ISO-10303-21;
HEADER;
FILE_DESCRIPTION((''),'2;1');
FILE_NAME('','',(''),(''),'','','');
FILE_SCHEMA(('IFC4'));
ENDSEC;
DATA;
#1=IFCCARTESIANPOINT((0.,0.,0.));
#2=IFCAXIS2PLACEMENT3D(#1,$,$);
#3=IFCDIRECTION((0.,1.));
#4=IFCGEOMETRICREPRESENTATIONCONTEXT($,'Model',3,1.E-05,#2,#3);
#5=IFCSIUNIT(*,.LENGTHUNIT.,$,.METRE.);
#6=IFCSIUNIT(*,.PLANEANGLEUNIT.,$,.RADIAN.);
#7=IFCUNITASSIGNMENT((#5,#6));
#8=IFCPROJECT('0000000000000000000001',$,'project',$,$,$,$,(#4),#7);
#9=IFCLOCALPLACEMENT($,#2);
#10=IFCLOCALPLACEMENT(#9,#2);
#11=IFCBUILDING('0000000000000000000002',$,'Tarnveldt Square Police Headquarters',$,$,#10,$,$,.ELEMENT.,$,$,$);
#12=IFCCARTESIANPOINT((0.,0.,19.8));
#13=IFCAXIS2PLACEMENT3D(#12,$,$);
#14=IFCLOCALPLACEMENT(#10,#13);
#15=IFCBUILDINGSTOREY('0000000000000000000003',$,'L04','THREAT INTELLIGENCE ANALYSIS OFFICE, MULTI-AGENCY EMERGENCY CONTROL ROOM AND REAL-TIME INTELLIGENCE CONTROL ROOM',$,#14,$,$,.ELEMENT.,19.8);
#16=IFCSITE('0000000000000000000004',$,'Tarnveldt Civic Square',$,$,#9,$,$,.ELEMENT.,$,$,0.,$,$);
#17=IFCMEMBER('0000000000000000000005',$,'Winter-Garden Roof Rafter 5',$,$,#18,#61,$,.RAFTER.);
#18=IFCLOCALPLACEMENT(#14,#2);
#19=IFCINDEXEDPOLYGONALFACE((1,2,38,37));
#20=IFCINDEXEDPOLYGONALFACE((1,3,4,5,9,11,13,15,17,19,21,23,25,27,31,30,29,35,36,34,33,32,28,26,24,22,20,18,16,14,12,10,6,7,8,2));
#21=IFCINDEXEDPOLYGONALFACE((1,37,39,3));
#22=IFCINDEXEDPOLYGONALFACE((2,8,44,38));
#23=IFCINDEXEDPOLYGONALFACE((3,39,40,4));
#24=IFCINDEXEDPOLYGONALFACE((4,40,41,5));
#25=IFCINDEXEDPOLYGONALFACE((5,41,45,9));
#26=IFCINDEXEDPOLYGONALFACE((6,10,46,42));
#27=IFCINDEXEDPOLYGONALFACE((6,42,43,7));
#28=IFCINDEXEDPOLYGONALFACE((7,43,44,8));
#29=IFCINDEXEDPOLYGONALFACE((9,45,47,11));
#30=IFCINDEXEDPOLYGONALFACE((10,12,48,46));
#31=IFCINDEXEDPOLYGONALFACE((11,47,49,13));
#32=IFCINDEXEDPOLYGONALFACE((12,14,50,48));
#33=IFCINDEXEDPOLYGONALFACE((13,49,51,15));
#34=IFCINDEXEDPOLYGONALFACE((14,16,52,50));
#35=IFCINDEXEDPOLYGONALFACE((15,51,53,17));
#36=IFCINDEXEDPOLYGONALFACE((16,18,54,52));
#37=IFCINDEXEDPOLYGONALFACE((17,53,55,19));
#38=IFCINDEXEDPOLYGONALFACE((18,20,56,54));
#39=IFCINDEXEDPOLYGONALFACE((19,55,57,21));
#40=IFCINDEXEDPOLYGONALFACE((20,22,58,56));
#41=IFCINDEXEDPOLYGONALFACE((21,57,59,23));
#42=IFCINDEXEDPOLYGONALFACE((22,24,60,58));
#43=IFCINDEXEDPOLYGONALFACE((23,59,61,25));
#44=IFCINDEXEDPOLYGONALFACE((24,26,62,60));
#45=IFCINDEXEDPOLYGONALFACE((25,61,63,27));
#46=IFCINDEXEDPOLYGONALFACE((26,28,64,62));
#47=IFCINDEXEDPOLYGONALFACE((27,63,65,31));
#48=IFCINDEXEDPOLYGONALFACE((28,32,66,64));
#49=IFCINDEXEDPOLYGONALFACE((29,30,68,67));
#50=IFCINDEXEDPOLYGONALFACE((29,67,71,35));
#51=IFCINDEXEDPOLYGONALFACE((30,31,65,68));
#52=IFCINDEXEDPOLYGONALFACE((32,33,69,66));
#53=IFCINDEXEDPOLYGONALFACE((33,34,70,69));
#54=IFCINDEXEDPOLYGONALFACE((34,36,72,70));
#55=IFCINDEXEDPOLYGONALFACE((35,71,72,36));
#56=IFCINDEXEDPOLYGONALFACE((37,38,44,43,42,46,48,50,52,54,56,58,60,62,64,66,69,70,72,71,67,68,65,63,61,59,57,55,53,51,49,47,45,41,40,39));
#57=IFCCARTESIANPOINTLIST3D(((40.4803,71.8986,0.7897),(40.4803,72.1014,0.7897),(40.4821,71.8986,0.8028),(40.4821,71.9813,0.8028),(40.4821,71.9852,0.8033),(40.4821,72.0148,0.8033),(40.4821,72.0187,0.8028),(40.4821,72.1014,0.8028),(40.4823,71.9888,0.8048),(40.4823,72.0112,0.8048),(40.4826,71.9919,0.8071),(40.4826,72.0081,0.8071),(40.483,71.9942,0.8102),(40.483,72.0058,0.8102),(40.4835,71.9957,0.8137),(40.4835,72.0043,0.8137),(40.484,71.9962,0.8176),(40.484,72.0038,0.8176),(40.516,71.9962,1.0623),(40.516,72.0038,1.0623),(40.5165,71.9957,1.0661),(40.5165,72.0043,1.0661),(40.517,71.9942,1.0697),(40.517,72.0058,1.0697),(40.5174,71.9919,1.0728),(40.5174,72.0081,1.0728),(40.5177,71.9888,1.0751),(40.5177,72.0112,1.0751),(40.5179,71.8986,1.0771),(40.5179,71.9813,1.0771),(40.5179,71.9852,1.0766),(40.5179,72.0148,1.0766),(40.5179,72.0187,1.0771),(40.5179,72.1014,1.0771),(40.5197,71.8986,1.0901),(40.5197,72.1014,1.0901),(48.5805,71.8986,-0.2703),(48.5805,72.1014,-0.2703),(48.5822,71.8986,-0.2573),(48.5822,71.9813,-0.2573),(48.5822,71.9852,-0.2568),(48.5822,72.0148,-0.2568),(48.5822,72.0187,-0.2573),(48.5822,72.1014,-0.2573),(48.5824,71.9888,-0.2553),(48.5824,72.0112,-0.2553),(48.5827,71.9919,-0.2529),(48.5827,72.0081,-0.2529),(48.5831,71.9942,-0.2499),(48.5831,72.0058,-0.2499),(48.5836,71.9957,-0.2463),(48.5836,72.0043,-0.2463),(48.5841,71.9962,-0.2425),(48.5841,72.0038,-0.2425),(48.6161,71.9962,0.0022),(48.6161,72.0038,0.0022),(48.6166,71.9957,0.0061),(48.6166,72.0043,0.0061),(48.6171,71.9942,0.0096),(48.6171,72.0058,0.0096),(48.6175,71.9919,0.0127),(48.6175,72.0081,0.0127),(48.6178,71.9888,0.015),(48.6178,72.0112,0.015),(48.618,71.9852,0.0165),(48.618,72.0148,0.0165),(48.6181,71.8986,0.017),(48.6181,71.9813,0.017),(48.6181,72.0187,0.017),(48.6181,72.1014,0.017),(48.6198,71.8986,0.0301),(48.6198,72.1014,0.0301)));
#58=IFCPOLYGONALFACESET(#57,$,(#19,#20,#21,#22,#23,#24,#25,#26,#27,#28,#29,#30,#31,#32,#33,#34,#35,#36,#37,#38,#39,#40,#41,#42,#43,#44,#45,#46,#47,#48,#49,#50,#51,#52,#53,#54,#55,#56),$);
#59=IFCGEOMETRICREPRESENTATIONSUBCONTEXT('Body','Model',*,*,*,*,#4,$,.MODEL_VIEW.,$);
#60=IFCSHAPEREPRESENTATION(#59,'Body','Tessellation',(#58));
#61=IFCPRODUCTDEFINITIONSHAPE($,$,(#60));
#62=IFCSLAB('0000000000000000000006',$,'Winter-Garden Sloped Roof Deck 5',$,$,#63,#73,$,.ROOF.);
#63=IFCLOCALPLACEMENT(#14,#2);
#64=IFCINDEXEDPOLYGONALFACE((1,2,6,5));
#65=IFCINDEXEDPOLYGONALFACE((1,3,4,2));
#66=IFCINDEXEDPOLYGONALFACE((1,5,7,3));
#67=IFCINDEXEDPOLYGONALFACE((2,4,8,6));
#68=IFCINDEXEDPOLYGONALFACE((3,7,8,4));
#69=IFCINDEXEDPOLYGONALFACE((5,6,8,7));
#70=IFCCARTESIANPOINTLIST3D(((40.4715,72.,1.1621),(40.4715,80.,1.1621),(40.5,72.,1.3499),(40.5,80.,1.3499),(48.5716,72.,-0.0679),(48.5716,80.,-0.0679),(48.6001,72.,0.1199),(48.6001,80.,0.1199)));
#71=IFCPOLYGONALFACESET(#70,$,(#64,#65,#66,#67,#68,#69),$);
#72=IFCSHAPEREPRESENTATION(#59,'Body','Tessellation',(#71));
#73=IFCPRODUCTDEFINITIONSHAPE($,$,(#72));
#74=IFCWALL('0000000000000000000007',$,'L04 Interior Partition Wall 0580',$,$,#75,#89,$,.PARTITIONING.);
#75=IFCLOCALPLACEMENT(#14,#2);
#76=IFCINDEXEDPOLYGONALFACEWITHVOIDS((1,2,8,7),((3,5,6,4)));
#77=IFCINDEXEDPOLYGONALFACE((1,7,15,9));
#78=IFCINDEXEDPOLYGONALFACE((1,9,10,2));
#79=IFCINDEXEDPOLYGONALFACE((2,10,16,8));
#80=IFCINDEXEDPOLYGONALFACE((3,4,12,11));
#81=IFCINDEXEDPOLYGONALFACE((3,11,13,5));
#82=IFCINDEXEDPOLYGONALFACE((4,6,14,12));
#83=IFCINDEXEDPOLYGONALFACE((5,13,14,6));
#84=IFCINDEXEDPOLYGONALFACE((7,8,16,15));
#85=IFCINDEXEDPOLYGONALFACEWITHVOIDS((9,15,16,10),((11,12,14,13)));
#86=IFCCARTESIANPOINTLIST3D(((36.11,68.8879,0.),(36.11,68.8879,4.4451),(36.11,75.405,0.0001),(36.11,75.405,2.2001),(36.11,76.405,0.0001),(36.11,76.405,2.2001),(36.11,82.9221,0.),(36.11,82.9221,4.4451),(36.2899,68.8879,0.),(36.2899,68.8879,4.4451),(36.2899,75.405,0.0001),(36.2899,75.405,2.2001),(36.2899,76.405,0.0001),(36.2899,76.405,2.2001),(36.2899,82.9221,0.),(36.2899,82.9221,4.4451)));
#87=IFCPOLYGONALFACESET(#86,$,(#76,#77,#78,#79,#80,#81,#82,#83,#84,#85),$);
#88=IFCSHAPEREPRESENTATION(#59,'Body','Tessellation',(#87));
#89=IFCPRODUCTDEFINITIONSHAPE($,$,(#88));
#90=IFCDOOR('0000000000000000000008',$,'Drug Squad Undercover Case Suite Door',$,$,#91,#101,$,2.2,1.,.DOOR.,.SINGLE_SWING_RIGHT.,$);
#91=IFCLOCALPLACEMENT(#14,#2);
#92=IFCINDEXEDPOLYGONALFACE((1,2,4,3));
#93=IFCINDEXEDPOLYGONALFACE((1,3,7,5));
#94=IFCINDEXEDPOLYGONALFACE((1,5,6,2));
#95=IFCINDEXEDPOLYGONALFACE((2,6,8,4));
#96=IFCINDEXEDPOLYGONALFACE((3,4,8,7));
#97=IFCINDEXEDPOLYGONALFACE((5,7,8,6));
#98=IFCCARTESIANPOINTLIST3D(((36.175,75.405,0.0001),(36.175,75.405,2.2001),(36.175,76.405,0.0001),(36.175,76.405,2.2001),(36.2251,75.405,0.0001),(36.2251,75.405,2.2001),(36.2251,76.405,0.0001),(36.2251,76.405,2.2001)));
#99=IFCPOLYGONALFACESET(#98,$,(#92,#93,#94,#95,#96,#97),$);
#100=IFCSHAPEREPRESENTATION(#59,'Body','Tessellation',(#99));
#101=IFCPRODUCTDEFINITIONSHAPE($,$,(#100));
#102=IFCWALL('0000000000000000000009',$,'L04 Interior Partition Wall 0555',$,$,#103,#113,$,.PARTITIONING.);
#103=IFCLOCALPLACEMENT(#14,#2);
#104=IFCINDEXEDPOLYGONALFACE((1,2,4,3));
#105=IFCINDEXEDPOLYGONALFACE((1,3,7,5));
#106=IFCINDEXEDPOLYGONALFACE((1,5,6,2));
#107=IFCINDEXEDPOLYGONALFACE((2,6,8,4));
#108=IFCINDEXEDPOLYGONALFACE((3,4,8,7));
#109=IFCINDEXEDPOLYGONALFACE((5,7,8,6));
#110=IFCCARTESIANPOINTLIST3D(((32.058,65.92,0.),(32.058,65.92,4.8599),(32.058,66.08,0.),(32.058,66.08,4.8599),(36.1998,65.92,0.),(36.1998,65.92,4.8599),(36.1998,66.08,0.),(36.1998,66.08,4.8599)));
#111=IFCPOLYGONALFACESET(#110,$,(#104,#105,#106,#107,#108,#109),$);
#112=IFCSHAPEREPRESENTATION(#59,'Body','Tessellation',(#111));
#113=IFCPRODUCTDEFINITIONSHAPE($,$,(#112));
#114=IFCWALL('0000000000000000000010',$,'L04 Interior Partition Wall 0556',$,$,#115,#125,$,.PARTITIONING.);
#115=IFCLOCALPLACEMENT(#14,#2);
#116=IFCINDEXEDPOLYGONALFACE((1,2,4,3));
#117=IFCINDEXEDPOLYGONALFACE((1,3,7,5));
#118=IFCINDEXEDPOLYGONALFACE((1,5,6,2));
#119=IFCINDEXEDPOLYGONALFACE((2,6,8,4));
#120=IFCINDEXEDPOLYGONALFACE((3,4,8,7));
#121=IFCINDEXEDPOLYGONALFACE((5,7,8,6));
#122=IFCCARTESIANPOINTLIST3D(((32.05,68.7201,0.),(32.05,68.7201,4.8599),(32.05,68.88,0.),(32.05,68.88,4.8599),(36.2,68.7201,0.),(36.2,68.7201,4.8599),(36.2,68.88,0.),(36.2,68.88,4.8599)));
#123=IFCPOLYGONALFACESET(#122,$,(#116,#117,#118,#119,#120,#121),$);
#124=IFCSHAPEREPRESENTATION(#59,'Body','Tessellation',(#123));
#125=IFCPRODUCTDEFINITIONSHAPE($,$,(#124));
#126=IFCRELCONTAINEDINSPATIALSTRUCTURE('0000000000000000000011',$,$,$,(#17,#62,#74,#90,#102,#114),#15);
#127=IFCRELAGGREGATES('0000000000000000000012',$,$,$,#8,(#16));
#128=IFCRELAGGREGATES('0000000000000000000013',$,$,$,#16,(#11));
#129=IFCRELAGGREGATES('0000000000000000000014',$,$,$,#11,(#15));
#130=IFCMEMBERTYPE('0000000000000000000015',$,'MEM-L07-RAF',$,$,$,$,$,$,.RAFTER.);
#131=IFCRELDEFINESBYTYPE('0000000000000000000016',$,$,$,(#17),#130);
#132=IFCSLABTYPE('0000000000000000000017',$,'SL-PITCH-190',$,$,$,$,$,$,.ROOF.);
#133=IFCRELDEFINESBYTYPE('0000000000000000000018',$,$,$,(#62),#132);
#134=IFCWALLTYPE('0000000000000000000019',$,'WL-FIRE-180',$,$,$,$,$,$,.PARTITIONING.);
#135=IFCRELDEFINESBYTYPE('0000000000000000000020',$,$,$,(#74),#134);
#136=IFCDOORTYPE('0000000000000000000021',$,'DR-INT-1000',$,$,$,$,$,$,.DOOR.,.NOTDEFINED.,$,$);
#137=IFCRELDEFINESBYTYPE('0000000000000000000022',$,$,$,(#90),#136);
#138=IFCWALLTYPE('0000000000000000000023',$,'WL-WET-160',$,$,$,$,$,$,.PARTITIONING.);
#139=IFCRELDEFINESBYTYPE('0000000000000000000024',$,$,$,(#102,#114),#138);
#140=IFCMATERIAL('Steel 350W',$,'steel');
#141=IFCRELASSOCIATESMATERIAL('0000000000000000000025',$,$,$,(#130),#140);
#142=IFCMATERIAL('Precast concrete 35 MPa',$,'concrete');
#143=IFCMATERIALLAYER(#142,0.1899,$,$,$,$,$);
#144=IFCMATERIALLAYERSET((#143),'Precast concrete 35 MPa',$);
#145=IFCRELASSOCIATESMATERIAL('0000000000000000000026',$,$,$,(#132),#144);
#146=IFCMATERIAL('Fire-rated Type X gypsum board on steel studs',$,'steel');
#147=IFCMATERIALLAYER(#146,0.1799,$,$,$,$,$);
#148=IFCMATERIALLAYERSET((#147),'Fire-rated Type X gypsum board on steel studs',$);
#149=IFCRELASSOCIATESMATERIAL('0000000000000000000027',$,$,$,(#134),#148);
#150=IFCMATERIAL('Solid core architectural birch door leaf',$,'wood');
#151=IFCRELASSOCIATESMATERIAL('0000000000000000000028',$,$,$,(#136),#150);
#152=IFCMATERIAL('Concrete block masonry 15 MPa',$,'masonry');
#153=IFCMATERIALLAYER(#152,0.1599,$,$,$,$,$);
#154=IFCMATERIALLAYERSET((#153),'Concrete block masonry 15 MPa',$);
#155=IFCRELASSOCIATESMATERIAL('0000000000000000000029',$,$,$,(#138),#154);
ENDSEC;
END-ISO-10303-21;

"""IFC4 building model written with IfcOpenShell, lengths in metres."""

from ifc_helpers import new_model, si_unit, direction, frame, frame_2d, origin, origin_2d, place, context, subcontext, project, spatial, polyline, rectangle, i_section, outline, extrude, material, layer, layer_set, material_profile, profile_set, type_object, element, fill, save


model = new_model("IFC4")

# Units and contexts
model_context = context("Model", 3, precision=1e-05, world=origin(), true_north=direction((0.0, 1.0)))
body_context = subcontext(model_context, "Body", "Model", "MODEL_VIEW")
ifc_project = project(units=[si_unit("LENGTHUNIT", "METRE"), si_unit("PLANEANGLEUNIT", "RADIAN")], contexts=[model_context])

# Site, building, storey
site_placement = place(None, origin())
site = spatial("IfcSite", under=ifc_project, at=site_placement, Name="Tarnveldt Civic Square", CompositionType="ELEMENT", RefElevation=0.0)
building_placement = place(site_placement, origin())
building = spatial("IfcBuilding", under=site, at=building_placement, Name="Tarnveldt Square Police Headquarters", CompositionType="ELEMENT")
storey_placement = place(building_placement, frame((0.0, 0.0, 19.8)))
storey = spatial("IfcBuildingStorey", under=building, at=storey_placement, Name="L04", Description="THREAT INTELLIGENCE ANALYSIS OFFICE, MULTI-AGENCY EMERGENCY CONTROL ROOM AND REAL-TIME INTELLIGENCE CONTROL ROOM", CompositionType="ELEMENT", Elevation=19.8)

# Shared definitions
ifc_material_1 = material(Name="Steel 350W", Category="steel")

# Member
ifc_material_profile_1 = material_profile(ifc_material_1, i_section(OverallWidth=0.2029, OverallDepth=0.303, WebThickness=0.0076, FlangeThickness=0.0132, FilletRadius=0.0149, at=origin_2d()), Name="W310x60")
ifc_profile_set_1 = profile_set([ifc_material_profile_1], Name="Steel 350W")
member_type = type_object("IfcMemberType", Name="MEM-L07-RAF", PredefinedType="RAFTER", material=ifc_profile_set_1)
member_placement = place(storey_placement, frame((40.5, 72.0, 0.9399), z_axis=(0.991545, 0.0, -0.129763), x_axis=(0.0, 1.0, 0.0)))
element("IfcMember", 1, at=member_placement, inside=storey, type_object=member_type, Name="Winter-Garden Roof Rafter 5", PredefinedType="RAFTER", context=body_context, shape_type="SweptSolid", body=[
    extrude(i_section(OverallWidth=0.2029, OverallDepth=0.303, WebThickness=0.0076, FlangeThickness=0.0132, FilletRadius=0.0149, at=origin_2d()), origin(), (0.0, 0.0, 1.0), 8.1692),
])

# Slab
ifc_material_2 = material(Name="Precast concrete 35 MPa", Category="concrete")
ifc_layer_1 = layer(ifc_material_2, 0.1899)
ifc_layer_set_1 = layer_set([ifc_layer_1], Name="Precast concrete 35 MPa")
slab_type = type_object("IfcSlabType", Name="SL-PITCH-190", PredefinedType="ROOF", material=ifc_layer_set_1)
slab_placement = place(storey_placement, frame((40.5, 72.0, 1.3499), z_axis=(0.150127, 0.0, 0.988667), x_axis=(0.988667, 0.0, -0.150127)))
element("IfcSlab", 2, at=slab_placement, inside=storey, type_object=slab_type, Name="Winter-Garden Sloped Roof Deck 5", PredefinedType="ROOF", context=body_context, shape_type="SweptSolid", body=[
    extrude(outline(polyline([(0.0, 0.0), (8.193, 0.0), (8.193, 8.0), (0.0, 8.0), (0.0, 0.0)])), origin(), (0.0, 0.0, -1.0), 0.1899),
])

# Wall, opening, door
ifc_material_3 = material(Name="Fire-rated Type X gypsum board on steel studs", Category="steel")
ifc_layer_2 = layer(ifc_material_3, 0.1799)
ifc_layer_set_2 = layer_set([ifc_layer_2], Name="Fire-rated Type X gypsum board on steel studs")
wall_type_1 = type_object("IfcWallType", Name="WL-FIRE-180", PredefinedType="PARTITIONING", material=ifc_layer_set_2)
ifc_material_4 = material(Name="Solid core architectural birch door leaf", Category="wood")
wall_1_placement = place(storey_placement, frame((36.2, 68.8879, 0.0), z_axis=(0.0, 0.0, 1.0), x_axis=(0.0, 1.0, 0.0)))
wall_1 = element("IfcWall", 3, at=wall_1_placement, inside=storey, type_object=wall_type_1, Name="L04 Interior Partition Wall 0580", PredefinedType="PARTITIONING", context=body_context, shape_type="SweptSolid", body=[
    extrude(rectangle(XDim=14.0342, YDim=0.1799, at=frame_2d((7.0171, 0.0))), origin(), (0.0, 0.0, 1.0), 4.4451),
])
opening_1_placement = place(wall_1_placement, frame((6.5171, 0.0, 0.0)))
opening_1 = element("IfcOpeningElement", 4, at=opening_1_placement, cuts=wall_1, PredefinedType="OPENING", context=body_context, shape_type="SweptSolid", body=[
    extrude(rectangle(XDim=1.0, YDim=2.2, at=frame_2d((0.5, 1.1001))), frame((0.0, 0.0999, 0.0), z_axis=(0.0, -1.0, 0.0), x_axis=(1.0, 0.0, 0.0)), (0.0, 0.0, 1.0), 0.2),
])
door_type_1 = type_object("IfcDoorType", Name="DR-INT-1000", OperationType="NOTDEFINED", PredefinedType="DOOR", material=ifc_material_4)
door_1_placement = place(opening_1_placement, origin())
door_1 = element("IfcDoor", 5, at=door_1_placement, inside=storey, type_object=door_type_1, Name="Drug Squad Undercover Case Suite Door", OperationType="SINGLE_SWING_RIGHT", OverallHeight=2.2, OverallWidth=1.0, PredefinedType="DOOR", context=body_context, shape_type="SweptSolid", body=[
    extrude(rectangle(XDim=1.0, YDim=2.2, at=frame_2d((0.5, 1.1001))), frame((0.0, 0.0249, 0.0), z_axis=(0.0, -1.0, 0.0), x_axis=(1.0, 0.0, 0.0)), (0.0, 0.0, 1.0), 0.05),
])
fill(opening_1, door_1)

# Walls
ifc_material_5 = material(Name="Concrete block masonry 15 MPa", Category="masonry")
ifc_layer_3 = layer(ifc_material_5, 0.1599)
ifc_layer_set_3 = layer_set([ifc_layer_3], Name="Concrete block masonry 15 MPa")
wall_type_2 = type_object("IfcWallType", Name="WL-WET-160", PredefinedType="PARTITIONING", material=ifc_layer_set_3)
wall_2_placement = place(storey_placement, frame((32.0581, 66.0, 0.0), z_axis=(0.0, 0.0, 1.0), x_axis=(1.0, 0.0, 0.0)))
element("IfcWall", 6, at=wall_2_placement, inside=storey, type_object=wall_type_2, Name="L04 Interior Partition Wall 0555", PredefinedType="PARTITIONING", context=body_context, shape_type="SweptSolid", body=[
    extrude(rectangle(XDim=4.1418, YDim=0.1599, at=frame_2d((2.0708, 0.0))), origin(), (0.0, 0.0, 1.0), 4.8599),
])
wall_3_placement = place(storey_placement, frame((32.05, 68.8, 0.0), z_axis=(0.0, 0.0, 1.0), x_axis=(1.0, 0.0, 0.0)))
element("IfcWall", 7, at=wall_3_placement, inside=storey, type_object=wall_type_2, Name="L04 Interior Partition Wall 0556", PredefinedType="PARTITIONING", context=body_context, shape_type="SweptSolid", body=[
    extrude(rectangle(XDim=4.1499, YDim=0.1599, at=frame_2d((2.075, 0.0))), origin(), (0.0, 0.0, 1.0), 4.8599),
])

save(model, "model.ifc")
